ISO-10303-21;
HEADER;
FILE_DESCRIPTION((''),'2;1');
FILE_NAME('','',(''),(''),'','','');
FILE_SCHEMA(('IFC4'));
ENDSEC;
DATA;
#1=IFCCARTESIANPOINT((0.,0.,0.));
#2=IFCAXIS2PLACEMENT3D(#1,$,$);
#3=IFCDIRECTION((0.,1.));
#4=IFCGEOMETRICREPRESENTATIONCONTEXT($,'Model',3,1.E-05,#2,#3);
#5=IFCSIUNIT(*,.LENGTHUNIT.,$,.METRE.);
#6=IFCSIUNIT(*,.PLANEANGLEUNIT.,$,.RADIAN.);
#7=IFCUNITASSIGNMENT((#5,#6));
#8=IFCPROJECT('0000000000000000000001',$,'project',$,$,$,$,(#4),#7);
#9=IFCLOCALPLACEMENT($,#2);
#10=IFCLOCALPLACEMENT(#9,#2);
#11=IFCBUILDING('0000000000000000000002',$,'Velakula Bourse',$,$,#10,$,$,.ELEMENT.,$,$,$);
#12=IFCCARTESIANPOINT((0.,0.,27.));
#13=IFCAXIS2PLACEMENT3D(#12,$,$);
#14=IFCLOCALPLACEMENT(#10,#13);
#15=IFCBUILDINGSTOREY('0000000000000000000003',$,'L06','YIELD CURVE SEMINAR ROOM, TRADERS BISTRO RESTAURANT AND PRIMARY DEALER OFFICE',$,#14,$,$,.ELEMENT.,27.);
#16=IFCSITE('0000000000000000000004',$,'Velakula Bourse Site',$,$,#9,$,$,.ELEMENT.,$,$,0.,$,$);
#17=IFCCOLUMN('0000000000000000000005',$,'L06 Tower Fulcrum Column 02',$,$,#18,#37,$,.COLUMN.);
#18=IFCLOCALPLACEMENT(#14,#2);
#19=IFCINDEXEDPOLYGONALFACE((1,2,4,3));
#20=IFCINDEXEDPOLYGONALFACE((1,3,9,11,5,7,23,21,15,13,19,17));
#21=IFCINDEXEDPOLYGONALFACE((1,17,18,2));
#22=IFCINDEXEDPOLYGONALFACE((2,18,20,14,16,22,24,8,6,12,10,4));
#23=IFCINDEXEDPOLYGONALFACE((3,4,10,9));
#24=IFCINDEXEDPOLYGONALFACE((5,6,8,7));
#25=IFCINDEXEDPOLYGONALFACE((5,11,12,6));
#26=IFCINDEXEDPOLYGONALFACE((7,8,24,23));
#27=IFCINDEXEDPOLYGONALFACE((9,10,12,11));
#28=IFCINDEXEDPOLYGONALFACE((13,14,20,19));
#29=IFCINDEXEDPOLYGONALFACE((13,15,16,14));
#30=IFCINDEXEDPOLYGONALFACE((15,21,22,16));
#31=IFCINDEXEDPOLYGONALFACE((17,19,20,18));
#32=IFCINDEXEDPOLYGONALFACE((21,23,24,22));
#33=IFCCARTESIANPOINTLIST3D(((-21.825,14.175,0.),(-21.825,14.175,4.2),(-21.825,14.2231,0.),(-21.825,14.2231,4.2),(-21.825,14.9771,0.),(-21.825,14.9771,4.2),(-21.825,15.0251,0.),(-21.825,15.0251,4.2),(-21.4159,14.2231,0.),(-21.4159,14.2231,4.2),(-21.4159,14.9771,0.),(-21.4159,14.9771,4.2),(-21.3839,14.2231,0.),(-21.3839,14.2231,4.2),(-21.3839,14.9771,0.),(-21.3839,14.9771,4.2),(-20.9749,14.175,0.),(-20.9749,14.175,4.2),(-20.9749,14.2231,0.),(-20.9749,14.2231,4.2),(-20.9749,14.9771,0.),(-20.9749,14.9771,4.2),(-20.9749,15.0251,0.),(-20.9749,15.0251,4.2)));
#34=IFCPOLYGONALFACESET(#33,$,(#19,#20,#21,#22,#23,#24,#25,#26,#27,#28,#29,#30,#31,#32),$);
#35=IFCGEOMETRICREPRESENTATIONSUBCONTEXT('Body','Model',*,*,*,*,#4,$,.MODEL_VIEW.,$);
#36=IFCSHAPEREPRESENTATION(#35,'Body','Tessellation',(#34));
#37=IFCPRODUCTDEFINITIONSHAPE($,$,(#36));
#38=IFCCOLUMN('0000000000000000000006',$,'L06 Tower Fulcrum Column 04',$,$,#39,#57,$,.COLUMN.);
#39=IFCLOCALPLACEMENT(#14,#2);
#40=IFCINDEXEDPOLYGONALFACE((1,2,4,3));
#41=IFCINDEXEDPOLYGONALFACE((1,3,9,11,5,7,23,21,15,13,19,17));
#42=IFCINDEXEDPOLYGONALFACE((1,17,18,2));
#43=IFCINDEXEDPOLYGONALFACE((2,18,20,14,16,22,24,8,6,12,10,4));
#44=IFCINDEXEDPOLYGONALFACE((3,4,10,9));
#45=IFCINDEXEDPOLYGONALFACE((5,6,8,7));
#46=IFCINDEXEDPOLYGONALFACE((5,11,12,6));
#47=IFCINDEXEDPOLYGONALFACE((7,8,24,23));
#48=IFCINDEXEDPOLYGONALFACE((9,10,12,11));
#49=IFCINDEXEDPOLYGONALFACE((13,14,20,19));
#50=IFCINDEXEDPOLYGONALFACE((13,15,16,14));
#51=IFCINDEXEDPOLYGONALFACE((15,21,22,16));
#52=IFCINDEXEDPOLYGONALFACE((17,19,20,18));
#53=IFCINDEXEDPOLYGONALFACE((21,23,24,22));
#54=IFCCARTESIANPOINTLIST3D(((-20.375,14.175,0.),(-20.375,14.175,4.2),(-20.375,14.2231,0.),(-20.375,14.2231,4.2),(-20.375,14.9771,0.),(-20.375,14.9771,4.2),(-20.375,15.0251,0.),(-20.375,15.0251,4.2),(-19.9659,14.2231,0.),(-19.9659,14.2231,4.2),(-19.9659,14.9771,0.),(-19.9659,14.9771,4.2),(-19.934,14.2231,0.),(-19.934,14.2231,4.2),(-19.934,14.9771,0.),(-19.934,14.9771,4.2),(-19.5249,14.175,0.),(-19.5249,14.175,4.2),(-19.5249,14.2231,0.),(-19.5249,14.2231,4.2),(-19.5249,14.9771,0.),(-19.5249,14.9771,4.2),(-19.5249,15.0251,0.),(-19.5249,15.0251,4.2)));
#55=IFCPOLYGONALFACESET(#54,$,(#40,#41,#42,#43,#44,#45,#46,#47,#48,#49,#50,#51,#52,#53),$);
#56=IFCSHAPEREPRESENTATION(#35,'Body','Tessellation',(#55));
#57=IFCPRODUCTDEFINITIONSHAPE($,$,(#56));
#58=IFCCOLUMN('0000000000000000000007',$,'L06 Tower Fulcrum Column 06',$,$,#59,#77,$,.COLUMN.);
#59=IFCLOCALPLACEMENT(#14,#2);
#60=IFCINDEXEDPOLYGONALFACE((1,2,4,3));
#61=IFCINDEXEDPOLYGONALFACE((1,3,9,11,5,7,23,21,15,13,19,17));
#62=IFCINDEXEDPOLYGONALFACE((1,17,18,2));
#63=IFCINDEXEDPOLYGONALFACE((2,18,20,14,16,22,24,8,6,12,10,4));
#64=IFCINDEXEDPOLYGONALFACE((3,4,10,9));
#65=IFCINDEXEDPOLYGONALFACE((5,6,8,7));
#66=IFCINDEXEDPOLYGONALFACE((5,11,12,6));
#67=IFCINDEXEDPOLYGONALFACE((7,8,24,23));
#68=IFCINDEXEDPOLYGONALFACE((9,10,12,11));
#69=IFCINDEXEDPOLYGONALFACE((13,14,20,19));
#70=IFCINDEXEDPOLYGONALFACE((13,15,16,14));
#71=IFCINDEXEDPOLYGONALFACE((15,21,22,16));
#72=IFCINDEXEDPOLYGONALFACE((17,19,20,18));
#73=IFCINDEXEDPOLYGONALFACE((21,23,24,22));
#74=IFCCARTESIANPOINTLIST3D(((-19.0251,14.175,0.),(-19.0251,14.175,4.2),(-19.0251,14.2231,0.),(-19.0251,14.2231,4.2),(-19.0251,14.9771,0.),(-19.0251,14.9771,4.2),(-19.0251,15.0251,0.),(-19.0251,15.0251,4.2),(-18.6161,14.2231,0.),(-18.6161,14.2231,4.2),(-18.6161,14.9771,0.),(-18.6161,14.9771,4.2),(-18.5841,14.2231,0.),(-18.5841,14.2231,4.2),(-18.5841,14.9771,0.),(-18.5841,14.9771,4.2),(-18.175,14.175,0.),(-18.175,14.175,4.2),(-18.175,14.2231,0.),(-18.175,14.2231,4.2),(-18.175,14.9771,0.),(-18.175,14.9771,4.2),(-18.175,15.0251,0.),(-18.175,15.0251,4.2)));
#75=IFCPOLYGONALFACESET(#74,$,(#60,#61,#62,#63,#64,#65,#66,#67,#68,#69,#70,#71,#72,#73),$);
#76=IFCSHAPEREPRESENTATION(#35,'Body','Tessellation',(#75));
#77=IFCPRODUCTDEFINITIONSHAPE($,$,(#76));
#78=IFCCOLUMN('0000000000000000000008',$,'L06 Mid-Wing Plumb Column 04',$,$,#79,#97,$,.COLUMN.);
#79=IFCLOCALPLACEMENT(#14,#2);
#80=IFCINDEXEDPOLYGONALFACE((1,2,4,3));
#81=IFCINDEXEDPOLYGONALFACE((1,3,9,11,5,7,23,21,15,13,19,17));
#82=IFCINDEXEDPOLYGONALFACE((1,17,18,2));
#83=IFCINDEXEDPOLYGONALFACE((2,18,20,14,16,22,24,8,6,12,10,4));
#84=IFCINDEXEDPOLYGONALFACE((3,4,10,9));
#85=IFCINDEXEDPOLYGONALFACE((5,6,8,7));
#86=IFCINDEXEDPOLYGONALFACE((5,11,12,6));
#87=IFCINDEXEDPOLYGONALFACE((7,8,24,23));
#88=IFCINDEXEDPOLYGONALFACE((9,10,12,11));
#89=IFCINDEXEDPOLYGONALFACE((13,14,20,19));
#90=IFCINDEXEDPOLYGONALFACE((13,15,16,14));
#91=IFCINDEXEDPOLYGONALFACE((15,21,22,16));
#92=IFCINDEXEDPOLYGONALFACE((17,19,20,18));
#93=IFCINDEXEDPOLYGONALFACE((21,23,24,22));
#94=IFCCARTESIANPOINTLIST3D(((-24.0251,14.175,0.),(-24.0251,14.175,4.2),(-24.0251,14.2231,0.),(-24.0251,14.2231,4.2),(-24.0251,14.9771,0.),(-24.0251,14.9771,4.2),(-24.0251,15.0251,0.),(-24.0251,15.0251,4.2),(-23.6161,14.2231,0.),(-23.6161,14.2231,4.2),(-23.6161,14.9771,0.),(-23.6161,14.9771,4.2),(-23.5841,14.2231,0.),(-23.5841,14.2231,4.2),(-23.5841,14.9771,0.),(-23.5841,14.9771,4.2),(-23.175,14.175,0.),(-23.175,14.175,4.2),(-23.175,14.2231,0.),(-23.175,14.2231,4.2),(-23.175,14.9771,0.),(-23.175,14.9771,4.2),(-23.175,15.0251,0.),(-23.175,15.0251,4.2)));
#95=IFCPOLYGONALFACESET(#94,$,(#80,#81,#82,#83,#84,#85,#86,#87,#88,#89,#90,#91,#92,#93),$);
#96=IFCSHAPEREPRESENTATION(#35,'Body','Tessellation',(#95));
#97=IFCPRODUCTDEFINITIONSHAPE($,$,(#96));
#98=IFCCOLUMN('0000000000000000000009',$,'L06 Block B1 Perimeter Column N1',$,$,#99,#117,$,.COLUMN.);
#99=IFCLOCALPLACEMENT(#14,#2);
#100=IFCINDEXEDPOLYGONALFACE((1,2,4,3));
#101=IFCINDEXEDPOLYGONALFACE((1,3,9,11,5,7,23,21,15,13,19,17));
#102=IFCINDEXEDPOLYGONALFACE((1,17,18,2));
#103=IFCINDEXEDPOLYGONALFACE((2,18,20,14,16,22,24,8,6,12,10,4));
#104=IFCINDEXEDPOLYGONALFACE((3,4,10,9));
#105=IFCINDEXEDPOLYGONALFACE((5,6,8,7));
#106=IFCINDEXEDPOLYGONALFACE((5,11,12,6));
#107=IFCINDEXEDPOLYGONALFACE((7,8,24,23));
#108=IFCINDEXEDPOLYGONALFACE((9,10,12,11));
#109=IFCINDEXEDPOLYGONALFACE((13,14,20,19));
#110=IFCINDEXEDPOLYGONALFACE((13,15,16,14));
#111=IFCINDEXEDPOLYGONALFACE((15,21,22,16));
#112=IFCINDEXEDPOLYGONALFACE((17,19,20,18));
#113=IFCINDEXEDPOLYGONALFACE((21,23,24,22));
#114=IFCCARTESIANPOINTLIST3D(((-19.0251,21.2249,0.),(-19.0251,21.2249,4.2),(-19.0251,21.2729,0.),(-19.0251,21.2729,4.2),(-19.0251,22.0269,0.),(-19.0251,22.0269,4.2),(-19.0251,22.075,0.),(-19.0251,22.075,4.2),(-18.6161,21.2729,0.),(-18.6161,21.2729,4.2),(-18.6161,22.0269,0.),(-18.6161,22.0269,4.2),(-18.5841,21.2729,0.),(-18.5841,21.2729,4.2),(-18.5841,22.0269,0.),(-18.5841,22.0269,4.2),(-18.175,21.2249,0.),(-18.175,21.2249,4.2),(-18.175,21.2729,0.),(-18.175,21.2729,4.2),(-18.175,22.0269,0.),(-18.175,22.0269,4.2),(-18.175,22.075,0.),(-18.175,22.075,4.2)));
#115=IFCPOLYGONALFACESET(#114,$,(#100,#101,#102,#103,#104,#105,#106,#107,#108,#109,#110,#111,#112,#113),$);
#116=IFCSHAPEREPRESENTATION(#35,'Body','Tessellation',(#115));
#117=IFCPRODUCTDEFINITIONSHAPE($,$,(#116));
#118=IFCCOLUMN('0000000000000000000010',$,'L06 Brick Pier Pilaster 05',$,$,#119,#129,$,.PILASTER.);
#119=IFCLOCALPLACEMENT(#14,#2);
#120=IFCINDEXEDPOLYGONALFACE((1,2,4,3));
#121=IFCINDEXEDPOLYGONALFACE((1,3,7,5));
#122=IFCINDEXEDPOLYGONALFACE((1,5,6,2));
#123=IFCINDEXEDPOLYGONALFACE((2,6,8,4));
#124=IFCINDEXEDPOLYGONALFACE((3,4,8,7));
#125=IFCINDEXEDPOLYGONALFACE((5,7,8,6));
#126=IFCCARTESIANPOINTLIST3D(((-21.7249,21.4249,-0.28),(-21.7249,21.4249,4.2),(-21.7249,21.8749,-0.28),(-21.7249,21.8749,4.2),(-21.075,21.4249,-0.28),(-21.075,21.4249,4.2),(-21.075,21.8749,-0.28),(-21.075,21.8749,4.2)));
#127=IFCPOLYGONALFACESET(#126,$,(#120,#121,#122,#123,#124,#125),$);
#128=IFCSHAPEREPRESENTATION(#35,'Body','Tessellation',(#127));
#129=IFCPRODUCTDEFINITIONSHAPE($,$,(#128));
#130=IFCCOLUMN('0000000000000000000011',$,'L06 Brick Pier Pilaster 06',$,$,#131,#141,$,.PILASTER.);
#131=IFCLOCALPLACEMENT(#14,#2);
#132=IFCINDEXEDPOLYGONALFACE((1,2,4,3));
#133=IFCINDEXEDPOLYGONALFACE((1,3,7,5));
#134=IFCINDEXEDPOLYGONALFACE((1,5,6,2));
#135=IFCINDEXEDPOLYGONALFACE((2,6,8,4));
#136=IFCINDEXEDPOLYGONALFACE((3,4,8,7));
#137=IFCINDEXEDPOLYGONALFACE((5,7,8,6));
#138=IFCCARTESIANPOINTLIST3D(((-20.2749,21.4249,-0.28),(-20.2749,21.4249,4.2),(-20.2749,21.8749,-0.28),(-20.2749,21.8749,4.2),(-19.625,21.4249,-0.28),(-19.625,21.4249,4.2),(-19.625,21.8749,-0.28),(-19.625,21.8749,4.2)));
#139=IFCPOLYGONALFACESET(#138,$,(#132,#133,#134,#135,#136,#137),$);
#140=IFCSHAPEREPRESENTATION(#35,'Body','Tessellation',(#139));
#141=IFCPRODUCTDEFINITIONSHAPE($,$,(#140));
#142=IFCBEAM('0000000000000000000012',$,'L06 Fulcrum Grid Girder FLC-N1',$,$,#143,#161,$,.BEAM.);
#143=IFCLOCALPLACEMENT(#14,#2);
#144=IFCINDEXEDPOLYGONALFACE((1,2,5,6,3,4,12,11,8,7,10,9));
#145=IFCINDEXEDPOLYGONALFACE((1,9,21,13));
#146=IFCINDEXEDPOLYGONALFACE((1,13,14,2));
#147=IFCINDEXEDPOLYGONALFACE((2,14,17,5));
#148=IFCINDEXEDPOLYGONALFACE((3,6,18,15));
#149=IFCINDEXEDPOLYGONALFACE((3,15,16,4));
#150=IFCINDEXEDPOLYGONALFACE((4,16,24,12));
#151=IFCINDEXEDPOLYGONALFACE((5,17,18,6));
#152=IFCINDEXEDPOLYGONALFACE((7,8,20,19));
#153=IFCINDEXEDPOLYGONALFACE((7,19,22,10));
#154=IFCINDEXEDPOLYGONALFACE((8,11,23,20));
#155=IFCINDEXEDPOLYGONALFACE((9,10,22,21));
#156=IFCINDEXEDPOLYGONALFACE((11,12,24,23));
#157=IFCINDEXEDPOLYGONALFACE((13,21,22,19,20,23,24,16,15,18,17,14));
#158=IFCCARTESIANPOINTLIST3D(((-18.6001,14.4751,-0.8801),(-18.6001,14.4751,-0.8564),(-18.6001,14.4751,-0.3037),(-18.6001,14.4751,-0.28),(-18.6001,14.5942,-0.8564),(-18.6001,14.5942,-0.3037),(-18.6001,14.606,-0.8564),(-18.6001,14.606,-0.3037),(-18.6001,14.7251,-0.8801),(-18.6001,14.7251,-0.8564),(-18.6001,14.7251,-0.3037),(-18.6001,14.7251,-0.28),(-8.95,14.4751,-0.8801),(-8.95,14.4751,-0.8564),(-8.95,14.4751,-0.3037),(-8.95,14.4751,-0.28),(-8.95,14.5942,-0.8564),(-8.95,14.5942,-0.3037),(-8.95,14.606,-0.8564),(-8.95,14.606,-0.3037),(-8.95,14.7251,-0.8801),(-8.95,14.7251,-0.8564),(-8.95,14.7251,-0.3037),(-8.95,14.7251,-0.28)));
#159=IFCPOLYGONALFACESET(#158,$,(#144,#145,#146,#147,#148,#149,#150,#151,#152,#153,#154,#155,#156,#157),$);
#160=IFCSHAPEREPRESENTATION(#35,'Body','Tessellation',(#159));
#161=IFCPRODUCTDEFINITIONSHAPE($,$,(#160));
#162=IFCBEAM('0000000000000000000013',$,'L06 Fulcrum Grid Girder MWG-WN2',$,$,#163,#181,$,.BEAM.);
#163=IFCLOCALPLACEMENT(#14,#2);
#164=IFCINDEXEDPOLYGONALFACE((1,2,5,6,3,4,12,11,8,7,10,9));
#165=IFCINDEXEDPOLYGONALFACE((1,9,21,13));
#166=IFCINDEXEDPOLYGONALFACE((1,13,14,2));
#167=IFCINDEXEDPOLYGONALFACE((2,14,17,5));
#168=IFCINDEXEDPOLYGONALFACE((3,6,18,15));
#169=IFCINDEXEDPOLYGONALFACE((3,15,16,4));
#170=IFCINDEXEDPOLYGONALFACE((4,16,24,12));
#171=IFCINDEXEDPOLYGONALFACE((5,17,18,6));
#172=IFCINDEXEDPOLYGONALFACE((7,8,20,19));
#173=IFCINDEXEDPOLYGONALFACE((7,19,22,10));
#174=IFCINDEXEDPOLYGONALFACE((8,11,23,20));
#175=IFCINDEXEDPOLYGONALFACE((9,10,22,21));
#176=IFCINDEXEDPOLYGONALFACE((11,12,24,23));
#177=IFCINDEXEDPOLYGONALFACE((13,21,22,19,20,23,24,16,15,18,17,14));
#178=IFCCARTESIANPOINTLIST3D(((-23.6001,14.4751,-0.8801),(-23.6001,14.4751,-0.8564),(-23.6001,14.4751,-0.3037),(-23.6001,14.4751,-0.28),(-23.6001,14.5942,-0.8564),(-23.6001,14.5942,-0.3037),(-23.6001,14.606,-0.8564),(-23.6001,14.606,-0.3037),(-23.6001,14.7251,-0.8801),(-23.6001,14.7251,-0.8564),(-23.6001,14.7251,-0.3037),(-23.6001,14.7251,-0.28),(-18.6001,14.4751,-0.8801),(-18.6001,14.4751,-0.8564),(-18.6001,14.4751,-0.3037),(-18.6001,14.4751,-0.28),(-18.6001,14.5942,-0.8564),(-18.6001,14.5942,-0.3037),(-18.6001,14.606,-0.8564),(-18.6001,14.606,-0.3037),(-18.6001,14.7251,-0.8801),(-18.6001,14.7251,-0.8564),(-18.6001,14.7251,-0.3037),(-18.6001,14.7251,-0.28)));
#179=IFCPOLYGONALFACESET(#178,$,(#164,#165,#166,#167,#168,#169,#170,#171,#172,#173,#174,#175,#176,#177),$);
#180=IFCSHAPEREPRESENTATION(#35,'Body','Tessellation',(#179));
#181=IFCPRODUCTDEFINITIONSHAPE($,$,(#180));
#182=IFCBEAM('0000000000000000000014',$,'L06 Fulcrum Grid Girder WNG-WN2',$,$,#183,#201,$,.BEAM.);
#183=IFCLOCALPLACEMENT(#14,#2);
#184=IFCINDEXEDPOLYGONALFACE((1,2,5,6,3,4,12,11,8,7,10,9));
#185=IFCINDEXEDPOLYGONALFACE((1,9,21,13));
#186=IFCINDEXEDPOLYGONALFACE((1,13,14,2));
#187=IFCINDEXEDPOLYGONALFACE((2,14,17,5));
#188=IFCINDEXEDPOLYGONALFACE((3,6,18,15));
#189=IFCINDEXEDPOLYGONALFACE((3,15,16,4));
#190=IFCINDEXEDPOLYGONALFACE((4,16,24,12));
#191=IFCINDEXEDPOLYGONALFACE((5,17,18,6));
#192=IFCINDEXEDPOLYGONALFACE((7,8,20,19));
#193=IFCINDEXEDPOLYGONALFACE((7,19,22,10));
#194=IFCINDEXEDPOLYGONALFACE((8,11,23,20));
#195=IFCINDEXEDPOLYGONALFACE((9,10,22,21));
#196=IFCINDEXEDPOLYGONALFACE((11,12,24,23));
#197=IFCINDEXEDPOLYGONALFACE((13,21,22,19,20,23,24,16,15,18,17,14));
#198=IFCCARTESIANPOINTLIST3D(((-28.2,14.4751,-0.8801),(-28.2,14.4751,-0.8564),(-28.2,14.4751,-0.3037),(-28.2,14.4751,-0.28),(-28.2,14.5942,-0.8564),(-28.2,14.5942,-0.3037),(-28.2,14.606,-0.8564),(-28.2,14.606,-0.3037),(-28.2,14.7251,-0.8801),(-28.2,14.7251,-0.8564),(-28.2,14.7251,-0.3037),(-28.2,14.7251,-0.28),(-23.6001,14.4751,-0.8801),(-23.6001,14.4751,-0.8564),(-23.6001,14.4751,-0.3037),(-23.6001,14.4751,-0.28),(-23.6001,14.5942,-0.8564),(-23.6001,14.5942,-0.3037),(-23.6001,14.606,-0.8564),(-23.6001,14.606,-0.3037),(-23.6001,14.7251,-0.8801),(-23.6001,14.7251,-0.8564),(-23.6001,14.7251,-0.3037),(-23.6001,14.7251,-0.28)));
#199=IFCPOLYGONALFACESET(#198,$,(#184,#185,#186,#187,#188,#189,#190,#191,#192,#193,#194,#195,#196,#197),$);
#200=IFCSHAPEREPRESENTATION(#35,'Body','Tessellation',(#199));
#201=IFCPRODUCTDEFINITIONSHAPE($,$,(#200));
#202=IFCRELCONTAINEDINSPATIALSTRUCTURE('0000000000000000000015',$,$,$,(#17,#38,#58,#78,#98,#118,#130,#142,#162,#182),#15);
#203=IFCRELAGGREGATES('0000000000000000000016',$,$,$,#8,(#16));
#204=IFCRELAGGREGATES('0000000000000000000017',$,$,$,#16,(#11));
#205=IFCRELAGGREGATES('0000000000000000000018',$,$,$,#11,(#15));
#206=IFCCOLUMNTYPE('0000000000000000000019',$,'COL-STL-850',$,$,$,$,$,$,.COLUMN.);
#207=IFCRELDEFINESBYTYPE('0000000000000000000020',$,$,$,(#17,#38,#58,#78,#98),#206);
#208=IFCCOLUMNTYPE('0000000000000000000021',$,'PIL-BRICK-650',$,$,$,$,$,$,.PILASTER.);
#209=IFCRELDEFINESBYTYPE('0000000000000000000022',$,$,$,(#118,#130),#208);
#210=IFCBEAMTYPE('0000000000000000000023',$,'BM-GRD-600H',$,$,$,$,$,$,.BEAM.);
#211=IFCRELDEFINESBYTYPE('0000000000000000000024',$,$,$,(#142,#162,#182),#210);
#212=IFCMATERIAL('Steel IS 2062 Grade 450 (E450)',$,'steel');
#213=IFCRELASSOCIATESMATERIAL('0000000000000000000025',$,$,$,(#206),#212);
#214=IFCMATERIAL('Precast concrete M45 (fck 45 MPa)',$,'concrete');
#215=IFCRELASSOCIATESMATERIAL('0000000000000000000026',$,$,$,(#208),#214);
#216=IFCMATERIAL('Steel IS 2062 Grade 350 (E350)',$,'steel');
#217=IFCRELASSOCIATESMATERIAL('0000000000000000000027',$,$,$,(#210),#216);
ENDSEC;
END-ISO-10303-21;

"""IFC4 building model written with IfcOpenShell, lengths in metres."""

from ifc_helpers import new_model, si_unit, direction, frame, origin, origin_2d, place, context, subcontext, project, spatial, rectangle, i_section, extrude, material, material_profile, profile_set, type_object, element, save


model = new_model("IFC4")

# Units and contexts
model_context = context("Model", 3, precision=1e-05, world=origin(), true_north=direction((0.0, 1.0)))
body_context = subcontext(model_context, "Body", "Model", "MODEL_VIEW")
ifc_project = project(units=[si_unit("LENGTHUNIT", "METRE"), si_unit("PLANEANGLEUNIT", "RADIAN")], contexts=[model_context])

# Site, building, storey
site_placement = place(None, origin())
site = spatial("IfcSite", under=ifc_project, at=site_placement, Name="Velakula Bourse Site", CompositionType="ELEMENT", RefElevation=0.0)
building_placement = place(site_placement, origin())
building = spatial("IfcBuilding", under=site, at=building_placement, Name="Velakula Bourse", CompositionType="ELEMENT")
storey_placement = place(building_placement, frame((0.0, 0.0, 27.0)))
storey = spatial("IfcBuildingStorey", under=building, at=storey_placement, Name="L06", Description="YIELD CURVE SEMINAR ROOM, TRADERS BISTRO RESTAURANT AND PRIMARY DEALER OFFICE", CompositionType="ELEMENT", Elevation=27.0)

# Columns
ifc_material_1 = material(Name="Steel IS 2062 Grade 450 (E450)", Category="steel")
ifc_material_profile_1 = material_profile(ifc_material_1, i_section(OverallWidth=0.8501, OverallDepth=0.8501, WebThickness=0.032, FlangeThickness=0.0481, at=origin_2d()), Name="Steel IS 2062 Grade 450 (E450)")
ifc_profile_set_1 = profile_set([ifc_material_profile_1], Name="Steel IS 2062 Grade 450 (E450)")
column_type_1 = type_object("IfcColumnType", Name="COL-STL-850", PredefinedType="COLUMN", material=ifc_profile_set_1)
for number, where, z_axis, x_axis, name in (
    (1, (-21.3999, 14.6001, 0.0), (0.0, 0.0, 1.0), (1.0, 0.0, 0.0), "L06 Tower Fulcrum Column 02"),
    (2, (-19.95, 14.6001, 0.0), (0.0, 0.0, 1.0), (1.0, 0.0, 0.0), "L06 Tower Fulcrum Column 04"),
    (3, (-18.6001, 14.6001, 0.0), (0.0, 0.0, 1.0), (1.0, 0.0, 0.0), "L06 Tower Fulcrum Column 06"),
    (4, (-23.6001, 14.6001, 0.0), (0.0, 0.0, 1.0), (1.0, 0.0, 0.0), "L06 Mid-Wing Plumb Column 04"),
    (5, (-18.6001, 21.6499, 0.0), (0.0, 0.0, 1.0), (1.0, 0.0, 0.0), "L06 Block B1 Perimeter Column N1"),
):
    element("IfcColumn", number, at=place(storey_placement, frame(where, z_axis=z_axis, x_axis=x_axis)), inside=storey, type_object=column_type_1, Name=name, PredefinedType="COLUMN", context=body_context, shape_type="SweptSolid", body=[
        extrude(i_section(OverallWidth=0.8501, OverallDepth=0.8501, WebThickness=0.032, FlangeThickness=0.0481, at=origin_2d()), origin(), (0.0, 0.0, 1.0), 4.2),
    ])
ifc_material_2 = material(Name="Precast concrete M45 (fck 45 MPa)", Category="concrete")
ifc_material_profile_2 = material_profile(ifc_material_2, rectangle(XDim=0.6499, YDim=0.45, at=origin_2d()), Name="Precast concrete M45 (fck 45 MPa)")
ifc_profile_set_2 = profile_set([ifc_material_profile_2], Name="Precast concrete M45 (fck 45 MPa)")
column_type_2 = type_object("IfcColumnType", Name="PIL-BRICK-650", PredefinedType="PILASTER", material=ifc_profile_set_2)
for number, where, z_axis, x_axis, name in (
    (6, (-21.3999, 21.6499, -0.28), (0.0, 0.0, 1.0), (1.0, 0.0, 0.0), "L06 Brick Pier Pilaster 05"),
    (7, (-19.95, 21.6499, -0.28), (0.0, 0.0, 1.0), (1.0, 0.0, 0.0), "L06 Brick Pier Pilaster 06"),
):
    element("IfcColumn", number, at=place(storey_placement, frame(where, z_axis=z_axis, x_axis=x_axis)), inside=storey, type_object=column_type_2, Name=name, PredefinedType="PILASTER", context=body_context, shape_type="SweptSolid", body=[
        extrude(rectangle(XDim=0.6499, YDim=0.45, at=origin_2d()), origin(), (0.0, 0.0, 1.0), 4.48),
    ])

# Beams
ifc_material_3 = material(Name="Steel IS 2062 Grade 350 (E350)", Category="steel")
ifc_material_profile_3 = material_profile(ifc_material_3, i_section(OverallWidth=0.25, OverallDepth=0.6001, WebThickness=0.0117, FlangeThickness=0.0237, at=origin_2d()), Name="Steel IS 2062 Grade 350 (E350)")
ifc_profile_set_3 = profile_set([ifc_material_profile_3], Name="Steel IS 2062 Grade 350 (E350)")
beam_type_1 = type_object("IfcBeamType", Name="BM-GRD-600H", PredefinedType="BEAM", material=ifc_profile_set_3)
beam_1_placement = place(storey_placement, frame((-18.6001, 14.6001, -0.5801), z_axis=(1.0, 0.0, 0.0), x_axis=(0.0, 1.0, 0.0)))
element("IfcBeam", 8, at=beam_1_placement, inside=storey, type_object=beam_type_1, Name="L06 Fulcrum Grid Girder FLC-N1", PredefinedType="BEAM", context=body_context, shape_type="SweptSolid", body=[
    extrude(i_section(OverallWidth=0.25, OverallDepth=0.6001, WebThickness=0.0117, FlangeThickness=0.0237, at=origin_2d()), origin(), (0.0, 0.0, 1.0), 9.6501),
])
beam_2_placement = place(storey_placement, frame((-23.6001, 14.6001, -0.5801), z_axis=(1.0, 0.0, 0.0), x_axis=(0.0, 1.0, 0.0)))
element("IfcBeam", 9, at=beam_2_placement, inside=storey, type_object=beam_type_1, Name="L06 Fulcrum Grid Girder MWG-WN2", PredefinedType="BEAM", context=body_context, shape_type="SweptSolid", body=[
    extrude(i_section(OverallWidth=0.25, OverallDepth=0.6001, WebThickness=0.0117, FlangeThickness=0.0237, at=origin_2d()), origin(), (0.0, 0.0, 1.0), 5.0),
])
beam_3_placement = place(storey_placement, frame((-28.2, 14.6001, -0.5801), z_axis=(1.0, 0.0, 0.0), x_axis=(0.0, 1.0, 0.0)))
element("IfcBeam", 10, at=beam_3_placement, inside=storey, type_object=beam_type_1, Name="L06 Fulcrum Grid Girder WNG-WN2", PredefinedType="BEAM", context=body_context, shape_type="SweptSolid", body=[
    extrude(i_section(OverallWidth=0.25, OverallDepth=0.6001, WebThickness=0.0117, FlangeThickness=0.0237, at=origin_2d()), origin(), (0.0, 0.0, 1.0), 4.5999),
])

save(model, "model.ifc")
